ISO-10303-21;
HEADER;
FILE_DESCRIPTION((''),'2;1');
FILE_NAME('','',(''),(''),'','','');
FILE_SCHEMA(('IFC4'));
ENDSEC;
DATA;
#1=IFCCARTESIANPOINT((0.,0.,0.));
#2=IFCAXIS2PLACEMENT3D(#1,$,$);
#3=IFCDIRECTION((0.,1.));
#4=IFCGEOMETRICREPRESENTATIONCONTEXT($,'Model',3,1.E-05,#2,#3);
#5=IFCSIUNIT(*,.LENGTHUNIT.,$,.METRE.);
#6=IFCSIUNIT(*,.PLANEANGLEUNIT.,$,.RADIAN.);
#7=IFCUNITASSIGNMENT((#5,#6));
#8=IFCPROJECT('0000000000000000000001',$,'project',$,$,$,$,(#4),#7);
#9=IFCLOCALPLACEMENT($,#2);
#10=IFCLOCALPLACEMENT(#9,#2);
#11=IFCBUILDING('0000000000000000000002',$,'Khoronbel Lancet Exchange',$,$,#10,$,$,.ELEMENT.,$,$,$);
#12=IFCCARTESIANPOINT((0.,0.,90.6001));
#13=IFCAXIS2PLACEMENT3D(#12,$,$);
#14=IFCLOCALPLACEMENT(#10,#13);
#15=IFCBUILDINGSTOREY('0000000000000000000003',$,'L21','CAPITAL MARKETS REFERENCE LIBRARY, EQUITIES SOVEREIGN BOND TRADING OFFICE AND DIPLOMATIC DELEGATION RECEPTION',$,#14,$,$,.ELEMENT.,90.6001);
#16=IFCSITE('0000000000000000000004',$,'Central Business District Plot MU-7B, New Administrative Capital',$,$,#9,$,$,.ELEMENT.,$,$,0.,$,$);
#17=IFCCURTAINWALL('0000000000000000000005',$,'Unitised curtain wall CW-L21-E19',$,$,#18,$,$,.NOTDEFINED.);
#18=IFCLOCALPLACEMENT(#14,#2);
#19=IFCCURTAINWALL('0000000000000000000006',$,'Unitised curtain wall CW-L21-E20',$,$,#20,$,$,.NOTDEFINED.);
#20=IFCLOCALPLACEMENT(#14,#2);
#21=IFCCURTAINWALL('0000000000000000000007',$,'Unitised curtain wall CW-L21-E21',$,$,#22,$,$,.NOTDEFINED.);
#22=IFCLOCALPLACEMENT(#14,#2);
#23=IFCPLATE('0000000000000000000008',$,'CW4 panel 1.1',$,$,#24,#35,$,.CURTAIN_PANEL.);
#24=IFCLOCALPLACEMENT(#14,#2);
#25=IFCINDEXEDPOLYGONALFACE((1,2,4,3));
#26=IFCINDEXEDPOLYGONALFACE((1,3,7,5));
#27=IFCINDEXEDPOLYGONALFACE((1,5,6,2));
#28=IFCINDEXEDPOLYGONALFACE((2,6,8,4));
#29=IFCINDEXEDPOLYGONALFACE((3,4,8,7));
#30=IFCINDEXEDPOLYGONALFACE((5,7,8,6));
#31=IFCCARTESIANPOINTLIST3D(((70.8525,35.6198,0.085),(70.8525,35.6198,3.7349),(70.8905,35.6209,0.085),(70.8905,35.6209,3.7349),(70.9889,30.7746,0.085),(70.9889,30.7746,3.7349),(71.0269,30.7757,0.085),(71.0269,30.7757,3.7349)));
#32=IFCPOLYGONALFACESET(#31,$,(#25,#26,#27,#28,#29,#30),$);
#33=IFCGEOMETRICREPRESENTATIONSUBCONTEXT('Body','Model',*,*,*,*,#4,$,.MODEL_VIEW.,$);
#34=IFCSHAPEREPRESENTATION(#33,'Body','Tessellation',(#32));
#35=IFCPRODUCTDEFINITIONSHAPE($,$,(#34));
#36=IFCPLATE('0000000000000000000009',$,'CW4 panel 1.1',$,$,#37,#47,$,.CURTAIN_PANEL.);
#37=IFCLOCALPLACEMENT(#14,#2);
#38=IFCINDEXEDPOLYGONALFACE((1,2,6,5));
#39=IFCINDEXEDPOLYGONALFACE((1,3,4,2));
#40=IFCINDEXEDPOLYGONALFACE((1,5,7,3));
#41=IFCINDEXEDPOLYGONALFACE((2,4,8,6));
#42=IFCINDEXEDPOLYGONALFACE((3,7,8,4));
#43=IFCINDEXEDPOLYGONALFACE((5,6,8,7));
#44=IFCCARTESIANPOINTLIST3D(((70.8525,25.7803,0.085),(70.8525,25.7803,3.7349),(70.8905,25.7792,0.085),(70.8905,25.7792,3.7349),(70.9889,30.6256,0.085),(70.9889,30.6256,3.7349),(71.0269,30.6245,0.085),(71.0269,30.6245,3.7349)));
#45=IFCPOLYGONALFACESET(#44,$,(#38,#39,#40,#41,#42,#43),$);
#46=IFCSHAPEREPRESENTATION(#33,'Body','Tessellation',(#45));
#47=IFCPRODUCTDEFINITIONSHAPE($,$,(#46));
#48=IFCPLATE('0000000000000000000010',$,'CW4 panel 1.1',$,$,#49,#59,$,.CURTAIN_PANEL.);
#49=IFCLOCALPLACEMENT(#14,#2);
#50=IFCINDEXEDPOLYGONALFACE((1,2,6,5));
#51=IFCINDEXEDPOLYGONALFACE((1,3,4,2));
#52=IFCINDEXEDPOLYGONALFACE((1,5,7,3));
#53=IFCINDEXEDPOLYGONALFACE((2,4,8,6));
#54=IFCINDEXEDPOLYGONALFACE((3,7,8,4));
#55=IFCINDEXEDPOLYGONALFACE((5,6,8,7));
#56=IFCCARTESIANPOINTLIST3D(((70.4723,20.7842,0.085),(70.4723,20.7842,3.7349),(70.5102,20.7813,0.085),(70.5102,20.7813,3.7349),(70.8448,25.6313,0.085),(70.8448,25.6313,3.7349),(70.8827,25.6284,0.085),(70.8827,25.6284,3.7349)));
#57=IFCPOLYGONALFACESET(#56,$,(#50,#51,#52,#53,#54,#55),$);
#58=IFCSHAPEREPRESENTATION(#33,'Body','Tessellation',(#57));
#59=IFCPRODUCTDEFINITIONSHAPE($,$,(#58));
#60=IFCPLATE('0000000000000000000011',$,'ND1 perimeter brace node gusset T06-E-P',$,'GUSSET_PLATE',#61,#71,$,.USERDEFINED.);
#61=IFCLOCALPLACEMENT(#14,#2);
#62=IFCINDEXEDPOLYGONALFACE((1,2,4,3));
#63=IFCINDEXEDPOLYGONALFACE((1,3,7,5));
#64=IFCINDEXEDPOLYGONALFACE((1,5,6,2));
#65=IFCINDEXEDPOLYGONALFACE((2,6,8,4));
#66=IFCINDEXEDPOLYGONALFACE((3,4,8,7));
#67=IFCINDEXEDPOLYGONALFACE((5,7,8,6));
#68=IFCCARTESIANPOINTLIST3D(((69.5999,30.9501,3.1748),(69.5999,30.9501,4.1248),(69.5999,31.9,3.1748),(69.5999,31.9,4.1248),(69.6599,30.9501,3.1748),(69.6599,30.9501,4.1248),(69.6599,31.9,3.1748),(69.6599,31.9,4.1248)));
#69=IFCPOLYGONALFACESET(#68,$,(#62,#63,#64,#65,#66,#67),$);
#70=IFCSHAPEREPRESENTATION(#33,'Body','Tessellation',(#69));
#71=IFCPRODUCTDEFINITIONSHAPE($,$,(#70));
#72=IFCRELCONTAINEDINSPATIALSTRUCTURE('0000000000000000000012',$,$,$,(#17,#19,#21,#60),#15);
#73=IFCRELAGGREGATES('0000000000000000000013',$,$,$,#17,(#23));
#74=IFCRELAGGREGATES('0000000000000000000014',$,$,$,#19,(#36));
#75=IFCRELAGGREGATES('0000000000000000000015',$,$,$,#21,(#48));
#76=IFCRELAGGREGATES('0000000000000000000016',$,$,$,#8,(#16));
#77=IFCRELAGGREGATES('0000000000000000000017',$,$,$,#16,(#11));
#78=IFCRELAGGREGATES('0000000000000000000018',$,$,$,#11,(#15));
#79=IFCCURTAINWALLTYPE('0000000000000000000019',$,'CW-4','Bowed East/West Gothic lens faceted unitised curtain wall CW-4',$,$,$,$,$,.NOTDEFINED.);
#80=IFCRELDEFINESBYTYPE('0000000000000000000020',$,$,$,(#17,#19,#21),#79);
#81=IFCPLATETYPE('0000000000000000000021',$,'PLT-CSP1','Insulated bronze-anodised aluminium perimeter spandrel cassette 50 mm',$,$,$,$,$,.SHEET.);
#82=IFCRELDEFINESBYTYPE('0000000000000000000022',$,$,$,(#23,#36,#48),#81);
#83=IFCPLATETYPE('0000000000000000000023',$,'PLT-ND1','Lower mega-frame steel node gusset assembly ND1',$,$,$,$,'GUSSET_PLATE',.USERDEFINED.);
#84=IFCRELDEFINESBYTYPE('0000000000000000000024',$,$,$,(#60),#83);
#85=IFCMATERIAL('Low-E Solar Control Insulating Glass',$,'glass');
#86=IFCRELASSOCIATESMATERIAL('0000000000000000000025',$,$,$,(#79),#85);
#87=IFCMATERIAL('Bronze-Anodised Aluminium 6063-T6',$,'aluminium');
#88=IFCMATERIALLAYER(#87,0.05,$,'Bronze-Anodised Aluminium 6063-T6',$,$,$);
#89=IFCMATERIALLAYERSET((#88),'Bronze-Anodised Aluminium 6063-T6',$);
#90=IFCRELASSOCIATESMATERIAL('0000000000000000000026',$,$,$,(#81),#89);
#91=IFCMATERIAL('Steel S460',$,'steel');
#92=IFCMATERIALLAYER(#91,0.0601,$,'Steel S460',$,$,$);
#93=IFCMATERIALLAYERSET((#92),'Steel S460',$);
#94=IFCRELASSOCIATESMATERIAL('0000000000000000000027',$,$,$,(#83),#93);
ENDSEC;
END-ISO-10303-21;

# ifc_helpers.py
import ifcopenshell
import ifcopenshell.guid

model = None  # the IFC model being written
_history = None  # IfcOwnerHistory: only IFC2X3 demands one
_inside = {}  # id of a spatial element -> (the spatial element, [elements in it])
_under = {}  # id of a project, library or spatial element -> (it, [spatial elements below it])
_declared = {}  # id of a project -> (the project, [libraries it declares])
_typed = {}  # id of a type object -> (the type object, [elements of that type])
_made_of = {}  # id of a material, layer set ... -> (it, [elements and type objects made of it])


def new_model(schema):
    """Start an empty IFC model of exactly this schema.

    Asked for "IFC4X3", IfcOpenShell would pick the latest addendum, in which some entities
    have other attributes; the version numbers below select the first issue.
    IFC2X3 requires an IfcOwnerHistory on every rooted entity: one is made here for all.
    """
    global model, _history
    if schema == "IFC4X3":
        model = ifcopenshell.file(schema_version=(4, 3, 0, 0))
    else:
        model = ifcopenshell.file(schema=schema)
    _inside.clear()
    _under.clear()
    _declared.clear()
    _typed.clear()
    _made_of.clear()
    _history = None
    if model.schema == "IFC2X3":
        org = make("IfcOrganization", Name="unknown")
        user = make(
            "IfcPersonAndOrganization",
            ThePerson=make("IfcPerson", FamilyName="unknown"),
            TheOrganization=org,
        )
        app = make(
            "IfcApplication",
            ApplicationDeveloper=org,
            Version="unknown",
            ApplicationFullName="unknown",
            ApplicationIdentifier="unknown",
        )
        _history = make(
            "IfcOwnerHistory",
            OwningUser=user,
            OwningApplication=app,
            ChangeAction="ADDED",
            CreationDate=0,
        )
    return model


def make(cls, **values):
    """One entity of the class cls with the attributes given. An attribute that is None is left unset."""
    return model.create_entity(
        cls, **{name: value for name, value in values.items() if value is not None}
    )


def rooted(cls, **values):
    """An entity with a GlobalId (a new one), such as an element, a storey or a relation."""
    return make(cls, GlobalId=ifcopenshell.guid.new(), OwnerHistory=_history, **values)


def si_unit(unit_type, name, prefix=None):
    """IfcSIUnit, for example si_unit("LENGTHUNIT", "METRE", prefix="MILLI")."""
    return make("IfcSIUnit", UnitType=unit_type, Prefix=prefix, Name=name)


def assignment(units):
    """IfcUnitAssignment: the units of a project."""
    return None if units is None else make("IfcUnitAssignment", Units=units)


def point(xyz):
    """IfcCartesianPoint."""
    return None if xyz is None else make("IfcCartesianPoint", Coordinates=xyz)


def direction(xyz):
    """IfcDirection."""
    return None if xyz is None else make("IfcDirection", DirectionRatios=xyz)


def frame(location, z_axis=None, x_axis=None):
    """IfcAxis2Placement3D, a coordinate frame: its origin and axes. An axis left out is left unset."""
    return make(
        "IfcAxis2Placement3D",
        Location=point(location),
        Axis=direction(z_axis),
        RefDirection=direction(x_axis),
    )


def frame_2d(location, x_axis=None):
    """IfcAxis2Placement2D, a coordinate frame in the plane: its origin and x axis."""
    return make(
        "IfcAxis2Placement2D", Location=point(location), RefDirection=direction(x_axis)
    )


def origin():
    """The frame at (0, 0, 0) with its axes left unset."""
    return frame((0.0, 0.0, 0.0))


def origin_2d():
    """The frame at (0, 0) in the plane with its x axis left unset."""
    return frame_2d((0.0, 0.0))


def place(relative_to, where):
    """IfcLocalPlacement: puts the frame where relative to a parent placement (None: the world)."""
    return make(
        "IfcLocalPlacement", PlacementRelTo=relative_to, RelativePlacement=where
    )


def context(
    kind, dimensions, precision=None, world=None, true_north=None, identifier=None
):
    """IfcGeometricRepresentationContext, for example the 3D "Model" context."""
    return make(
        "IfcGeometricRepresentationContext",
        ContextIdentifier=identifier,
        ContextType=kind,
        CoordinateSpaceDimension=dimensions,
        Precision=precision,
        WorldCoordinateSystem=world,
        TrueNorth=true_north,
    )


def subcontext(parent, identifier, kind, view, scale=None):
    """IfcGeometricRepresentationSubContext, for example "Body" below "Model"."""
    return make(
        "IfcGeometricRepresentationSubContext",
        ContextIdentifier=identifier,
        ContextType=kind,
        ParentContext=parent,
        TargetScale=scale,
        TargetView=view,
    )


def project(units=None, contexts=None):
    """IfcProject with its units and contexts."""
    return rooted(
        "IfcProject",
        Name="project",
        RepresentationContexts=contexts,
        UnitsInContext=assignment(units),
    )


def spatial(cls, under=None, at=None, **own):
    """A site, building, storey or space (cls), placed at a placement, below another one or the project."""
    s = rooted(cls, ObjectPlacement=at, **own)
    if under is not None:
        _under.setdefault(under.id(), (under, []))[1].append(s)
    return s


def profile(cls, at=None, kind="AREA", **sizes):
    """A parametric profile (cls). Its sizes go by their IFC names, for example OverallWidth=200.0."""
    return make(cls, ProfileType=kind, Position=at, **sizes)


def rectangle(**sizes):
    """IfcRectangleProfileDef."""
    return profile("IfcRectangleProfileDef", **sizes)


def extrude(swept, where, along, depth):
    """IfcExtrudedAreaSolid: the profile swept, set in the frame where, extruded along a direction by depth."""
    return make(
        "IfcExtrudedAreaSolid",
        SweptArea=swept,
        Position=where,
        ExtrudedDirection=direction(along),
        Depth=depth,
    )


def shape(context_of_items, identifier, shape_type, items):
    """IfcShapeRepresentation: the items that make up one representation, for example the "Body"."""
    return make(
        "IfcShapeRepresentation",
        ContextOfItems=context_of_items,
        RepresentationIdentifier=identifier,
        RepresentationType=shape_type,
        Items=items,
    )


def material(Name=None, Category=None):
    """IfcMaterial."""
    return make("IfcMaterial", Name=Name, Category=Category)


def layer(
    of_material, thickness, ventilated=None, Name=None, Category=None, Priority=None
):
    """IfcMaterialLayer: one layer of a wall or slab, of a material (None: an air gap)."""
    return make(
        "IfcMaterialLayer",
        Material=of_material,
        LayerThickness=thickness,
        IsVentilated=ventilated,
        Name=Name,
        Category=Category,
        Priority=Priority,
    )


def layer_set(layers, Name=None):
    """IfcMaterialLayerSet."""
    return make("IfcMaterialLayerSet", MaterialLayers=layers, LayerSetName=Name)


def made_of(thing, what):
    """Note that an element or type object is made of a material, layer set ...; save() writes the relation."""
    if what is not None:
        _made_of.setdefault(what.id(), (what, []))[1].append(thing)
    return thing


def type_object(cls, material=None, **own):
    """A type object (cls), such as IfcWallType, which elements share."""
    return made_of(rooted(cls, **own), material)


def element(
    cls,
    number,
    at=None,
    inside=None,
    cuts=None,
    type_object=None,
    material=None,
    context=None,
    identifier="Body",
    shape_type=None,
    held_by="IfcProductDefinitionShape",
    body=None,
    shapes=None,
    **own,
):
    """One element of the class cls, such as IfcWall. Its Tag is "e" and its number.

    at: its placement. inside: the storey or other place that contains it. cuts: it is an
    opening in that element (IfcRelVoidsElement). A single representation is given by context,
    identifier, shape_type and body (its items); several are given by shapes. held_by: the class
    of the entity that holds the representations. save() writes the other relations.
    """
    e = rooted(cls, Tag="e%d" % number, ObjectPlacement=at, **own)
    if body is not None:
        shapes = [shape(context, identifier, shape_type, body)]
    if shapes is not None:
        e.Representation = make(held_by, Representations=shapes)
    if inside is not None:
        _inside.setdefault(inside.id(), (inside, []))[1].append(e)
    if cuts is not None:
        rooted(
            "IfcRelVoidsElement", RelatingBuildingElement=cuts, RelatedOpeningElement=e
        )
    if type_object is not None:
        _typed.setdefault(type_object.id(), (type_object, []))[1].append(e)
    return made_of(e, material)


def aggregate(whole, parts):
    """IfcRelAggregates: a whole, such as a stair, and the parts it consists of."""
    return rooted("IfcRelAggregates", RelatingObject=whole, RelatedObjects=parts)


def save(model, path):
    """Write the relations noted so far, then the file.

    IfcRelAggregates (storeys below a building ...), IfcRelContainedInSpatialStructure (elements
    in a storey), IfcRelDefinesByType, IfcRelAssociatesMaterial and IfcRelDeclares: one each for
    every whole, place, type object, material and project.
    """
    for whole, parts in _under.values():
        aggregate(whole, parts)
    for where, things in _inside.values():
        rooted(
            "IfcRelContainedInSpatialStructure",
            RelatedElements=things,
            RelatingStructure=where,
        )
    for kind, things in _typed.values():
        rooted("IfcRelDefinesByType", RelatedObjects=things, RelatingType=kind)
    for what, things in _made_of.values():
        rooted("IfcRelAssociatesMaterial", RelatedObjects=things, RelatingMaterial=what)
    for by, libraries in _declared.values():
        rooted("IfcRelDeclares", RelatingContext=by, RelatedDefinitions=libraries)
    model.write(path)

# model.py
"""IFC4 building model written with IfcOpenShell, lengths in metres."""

from ifc_helpers import new_model, si_unit, direction, frame, origin, origin_2d, place, context, subcontext, project, spatial, rectangle, extrude, material, layer, layer_set, type_object, element, aggregate, save


model = new_model("IFC4")

# Units and contexts
model_context = context("Model", 3, precision=1e-05, world=origin(), true_north=direction((0.0, 1.0)))
body_context = subcontext(model_context, "Body", "Model", "MODEL_VIEW")
ifc_project = project(units=[si_unit("LENGTHUNIT", "METRE"), si_unit("PLANEANGLEUNIT", "RADIAN")], contexts=[model_context])

# Site, building, storey
site_placement = place(None, origin())
site = spatial("IfcSite", under=ifc_project, at=site_placement, Name="Central Business District Plot MU-7B, New Administrative Capital", CompositionType="ELEMENT", RefElevation=0.0)
building_placement = place(site_placement, origin())
building = spatial("IfcBuilding", under=site, at=building_placement, Name="Khoronbel Lancet Exchange", CompositionType="ELEMENT")
storey_placement = place(building_placement, frame((0.0, 0.0, 90.6001)))
storey = spatial("IfcBuildingStorey", under=building, at=storey_placement, Name="L21", Description="CAPITAL MARKETS REFERENCE LIBRARY, EQUITIES SOVEREIGN BOND TRADING OFFICE AND DIPLOMATIC DELEGATION RECEPTION", CompositionType="ELEMENT", Elevation=90.6001)

# Shared definitions
ifc_material_1 = material(Name="Low-E Solar Control Insulating Glass", Category="glass")
curtain_wall_type = type_object("IfcCurtainWallType", Name="CW-4", Description="Bowed East/West Gothic lens faceted unitised curtain wall CW-4", PredefinedType="NOTDEFINED", material=ifc_material_1)
ifc_material_2 = material(Name="Bronze-Anodised Aluminium 6063-T6", Category="aluminium")

# Curtain walls
curtain_wall_1_placement = place(storey_placement, origin())
curtain_wall_1 = element("IfcCurtainWall", 1, at=curtain_wall_1_placement, inside=storey, type_object=curtain_wall_type, Name="Unitised curtain wall CW-L21-E19", PredefinedType="NOTDEFINED")
curtain_wall_2_placement = place(storey_placement, origin())
curtain_wall_2 = element("IfcCurtainWall", 2, at=curtain_wall_2_placement, inside=storey, type_object=curtain_wall_type, Name="Unitised curtain wall CW-L21-E20", PredefinedType="NOTDEFINED")

# Curtain wall
curtain_wall_3_placement = place(storey_placement, origin())
curtain_wall_3 = element("IfcCurtainWall", 3, at=curtain_wall_3_placement, inside=storey, type_object=curtain_wall_type, Name="Unitised curtain wall CW-L21-E21", PredefinedType="NOTDEFINED")

# Plates
ifc_layer_1 = layer(ifc_material_2, 0.05, Name="Bronze-Anodised Aluminium 6063-T6")
ifc_layer_set_1 = layer_set([ifc_layer_1], Name="Bronze-Anodised Aluminium 6063-T6")
plate_type_1 = type_object("IfcPlateType", Name="PLT-CSP1", Description="Insulated bronze-anodised aluminium perimeter spandrel cassette 50 mm", PredefinedType="SHEET", material=ifc_layer_set_1)
plate_1_placement = place(storey_placement, frame((70.9397, 33.1978, 0.085), z_axis=(0.0, 0.0, 1.0), x_axis=(0.028135, -0.999604, 0.0)))
plate_1 = element("IfcPlate", 4, at=plate_1_placement, type_object=plate_type_1, Name="CW4 panel 1.1", PredefinedType="CURTAIN_PANEL", context=body_context, shape_type="SweptSolid", body=[
    extrude(rectangle(XDim=4.8472, YDim=0.0381, at=origin_2d()), origin(), (0.0, 0.0, 1.0), 3.6499),
])
aggregate(curtain_wall_1, [plate_1])
plate_2_placement = place(storey_placement, frame((70.9397, 28.2024, 0.085), z_axis=(0.0, 0.0, 1.0), x_axis=(-0.028135, -0.999604, 0.0)))
plate_2 = element("IfcPlate", 5, at=plate_2_placement, type_object=plate_type_1, Name="CW4 panel 1.1", PredefinedType="CURTAIN_PANEL", context=body_context, shape_type="SweptSolid", body=[
    extrude(rectangle(XDim=4.8472, YDim=0.0381, at=origin_2d()), origin(), (0.0, 0.0, 1.0), 3.6499),
])
aggregate(curtain_wall_2, [plate_2])
plate_3_placement = place(storey_placement, frame((70.6775, 23.2063, 0.085), z_axis=(0.0, 0.0, 1.0), x_axis=(-0.076626, -0.99706, 0.0)))
plate_3 = element("IfcPlate", 6, at=plate_3_placement, type_object=plate_type_1, Name="CW4 panel 1.1", PredefinedType="CURTAIN_PANEL", context=body_context, shape_type="SweptSolid", body=[
    extrude(rectangle(XDim=4.8613, YDim=0.0381, at=origin_2d()), origin(), (0.0, 0.0, 1.0), 3.6499),
])
aggregate(curtain_wall_3, [plate_3])
ifc_material_3 = material(Name="Steel S460", Category="steel")
ifc_layer_2 = layer(ifc_material_3, 0.0601, Name="Steel S460")
ifc_layer_set_2 = layer_set([ifc_layer_2], Name="Steel S460")
plate_type_2 = type_object("IfcPlateType", Name="PLT-ND1", Description="Lower mega-frame steel node gusset assembly ND1", ElementType="GUSSET_PLATE", PredefinedType="USERDEFINED", material=ifc_layer_set_2)
plate_4_placement = place(storey_placement, frame((69.6299, 31.425, 3.1748), z_axis=(0.0, 0.0, 1.0), x_axis=(0.0, 1.0, 0.0)))
element("IfcPlate", 7, at=plate_4_placement, inside=storey, type_object=plate_type_2, Name="ND1 perimeter brace node gusset T06-E-P", ObjectType="GUSSET_PLATE", PredefinedType="USERDEFINED", context=body_context, shape_type="SweptSolid", body=[
    extrude(rectangle(XDim=0.95, YDim=0.0601, at=origin_2d()), origin(), (0.0, 0.0, 1.0), 0.95),
])

save(model, "model.ifc")
